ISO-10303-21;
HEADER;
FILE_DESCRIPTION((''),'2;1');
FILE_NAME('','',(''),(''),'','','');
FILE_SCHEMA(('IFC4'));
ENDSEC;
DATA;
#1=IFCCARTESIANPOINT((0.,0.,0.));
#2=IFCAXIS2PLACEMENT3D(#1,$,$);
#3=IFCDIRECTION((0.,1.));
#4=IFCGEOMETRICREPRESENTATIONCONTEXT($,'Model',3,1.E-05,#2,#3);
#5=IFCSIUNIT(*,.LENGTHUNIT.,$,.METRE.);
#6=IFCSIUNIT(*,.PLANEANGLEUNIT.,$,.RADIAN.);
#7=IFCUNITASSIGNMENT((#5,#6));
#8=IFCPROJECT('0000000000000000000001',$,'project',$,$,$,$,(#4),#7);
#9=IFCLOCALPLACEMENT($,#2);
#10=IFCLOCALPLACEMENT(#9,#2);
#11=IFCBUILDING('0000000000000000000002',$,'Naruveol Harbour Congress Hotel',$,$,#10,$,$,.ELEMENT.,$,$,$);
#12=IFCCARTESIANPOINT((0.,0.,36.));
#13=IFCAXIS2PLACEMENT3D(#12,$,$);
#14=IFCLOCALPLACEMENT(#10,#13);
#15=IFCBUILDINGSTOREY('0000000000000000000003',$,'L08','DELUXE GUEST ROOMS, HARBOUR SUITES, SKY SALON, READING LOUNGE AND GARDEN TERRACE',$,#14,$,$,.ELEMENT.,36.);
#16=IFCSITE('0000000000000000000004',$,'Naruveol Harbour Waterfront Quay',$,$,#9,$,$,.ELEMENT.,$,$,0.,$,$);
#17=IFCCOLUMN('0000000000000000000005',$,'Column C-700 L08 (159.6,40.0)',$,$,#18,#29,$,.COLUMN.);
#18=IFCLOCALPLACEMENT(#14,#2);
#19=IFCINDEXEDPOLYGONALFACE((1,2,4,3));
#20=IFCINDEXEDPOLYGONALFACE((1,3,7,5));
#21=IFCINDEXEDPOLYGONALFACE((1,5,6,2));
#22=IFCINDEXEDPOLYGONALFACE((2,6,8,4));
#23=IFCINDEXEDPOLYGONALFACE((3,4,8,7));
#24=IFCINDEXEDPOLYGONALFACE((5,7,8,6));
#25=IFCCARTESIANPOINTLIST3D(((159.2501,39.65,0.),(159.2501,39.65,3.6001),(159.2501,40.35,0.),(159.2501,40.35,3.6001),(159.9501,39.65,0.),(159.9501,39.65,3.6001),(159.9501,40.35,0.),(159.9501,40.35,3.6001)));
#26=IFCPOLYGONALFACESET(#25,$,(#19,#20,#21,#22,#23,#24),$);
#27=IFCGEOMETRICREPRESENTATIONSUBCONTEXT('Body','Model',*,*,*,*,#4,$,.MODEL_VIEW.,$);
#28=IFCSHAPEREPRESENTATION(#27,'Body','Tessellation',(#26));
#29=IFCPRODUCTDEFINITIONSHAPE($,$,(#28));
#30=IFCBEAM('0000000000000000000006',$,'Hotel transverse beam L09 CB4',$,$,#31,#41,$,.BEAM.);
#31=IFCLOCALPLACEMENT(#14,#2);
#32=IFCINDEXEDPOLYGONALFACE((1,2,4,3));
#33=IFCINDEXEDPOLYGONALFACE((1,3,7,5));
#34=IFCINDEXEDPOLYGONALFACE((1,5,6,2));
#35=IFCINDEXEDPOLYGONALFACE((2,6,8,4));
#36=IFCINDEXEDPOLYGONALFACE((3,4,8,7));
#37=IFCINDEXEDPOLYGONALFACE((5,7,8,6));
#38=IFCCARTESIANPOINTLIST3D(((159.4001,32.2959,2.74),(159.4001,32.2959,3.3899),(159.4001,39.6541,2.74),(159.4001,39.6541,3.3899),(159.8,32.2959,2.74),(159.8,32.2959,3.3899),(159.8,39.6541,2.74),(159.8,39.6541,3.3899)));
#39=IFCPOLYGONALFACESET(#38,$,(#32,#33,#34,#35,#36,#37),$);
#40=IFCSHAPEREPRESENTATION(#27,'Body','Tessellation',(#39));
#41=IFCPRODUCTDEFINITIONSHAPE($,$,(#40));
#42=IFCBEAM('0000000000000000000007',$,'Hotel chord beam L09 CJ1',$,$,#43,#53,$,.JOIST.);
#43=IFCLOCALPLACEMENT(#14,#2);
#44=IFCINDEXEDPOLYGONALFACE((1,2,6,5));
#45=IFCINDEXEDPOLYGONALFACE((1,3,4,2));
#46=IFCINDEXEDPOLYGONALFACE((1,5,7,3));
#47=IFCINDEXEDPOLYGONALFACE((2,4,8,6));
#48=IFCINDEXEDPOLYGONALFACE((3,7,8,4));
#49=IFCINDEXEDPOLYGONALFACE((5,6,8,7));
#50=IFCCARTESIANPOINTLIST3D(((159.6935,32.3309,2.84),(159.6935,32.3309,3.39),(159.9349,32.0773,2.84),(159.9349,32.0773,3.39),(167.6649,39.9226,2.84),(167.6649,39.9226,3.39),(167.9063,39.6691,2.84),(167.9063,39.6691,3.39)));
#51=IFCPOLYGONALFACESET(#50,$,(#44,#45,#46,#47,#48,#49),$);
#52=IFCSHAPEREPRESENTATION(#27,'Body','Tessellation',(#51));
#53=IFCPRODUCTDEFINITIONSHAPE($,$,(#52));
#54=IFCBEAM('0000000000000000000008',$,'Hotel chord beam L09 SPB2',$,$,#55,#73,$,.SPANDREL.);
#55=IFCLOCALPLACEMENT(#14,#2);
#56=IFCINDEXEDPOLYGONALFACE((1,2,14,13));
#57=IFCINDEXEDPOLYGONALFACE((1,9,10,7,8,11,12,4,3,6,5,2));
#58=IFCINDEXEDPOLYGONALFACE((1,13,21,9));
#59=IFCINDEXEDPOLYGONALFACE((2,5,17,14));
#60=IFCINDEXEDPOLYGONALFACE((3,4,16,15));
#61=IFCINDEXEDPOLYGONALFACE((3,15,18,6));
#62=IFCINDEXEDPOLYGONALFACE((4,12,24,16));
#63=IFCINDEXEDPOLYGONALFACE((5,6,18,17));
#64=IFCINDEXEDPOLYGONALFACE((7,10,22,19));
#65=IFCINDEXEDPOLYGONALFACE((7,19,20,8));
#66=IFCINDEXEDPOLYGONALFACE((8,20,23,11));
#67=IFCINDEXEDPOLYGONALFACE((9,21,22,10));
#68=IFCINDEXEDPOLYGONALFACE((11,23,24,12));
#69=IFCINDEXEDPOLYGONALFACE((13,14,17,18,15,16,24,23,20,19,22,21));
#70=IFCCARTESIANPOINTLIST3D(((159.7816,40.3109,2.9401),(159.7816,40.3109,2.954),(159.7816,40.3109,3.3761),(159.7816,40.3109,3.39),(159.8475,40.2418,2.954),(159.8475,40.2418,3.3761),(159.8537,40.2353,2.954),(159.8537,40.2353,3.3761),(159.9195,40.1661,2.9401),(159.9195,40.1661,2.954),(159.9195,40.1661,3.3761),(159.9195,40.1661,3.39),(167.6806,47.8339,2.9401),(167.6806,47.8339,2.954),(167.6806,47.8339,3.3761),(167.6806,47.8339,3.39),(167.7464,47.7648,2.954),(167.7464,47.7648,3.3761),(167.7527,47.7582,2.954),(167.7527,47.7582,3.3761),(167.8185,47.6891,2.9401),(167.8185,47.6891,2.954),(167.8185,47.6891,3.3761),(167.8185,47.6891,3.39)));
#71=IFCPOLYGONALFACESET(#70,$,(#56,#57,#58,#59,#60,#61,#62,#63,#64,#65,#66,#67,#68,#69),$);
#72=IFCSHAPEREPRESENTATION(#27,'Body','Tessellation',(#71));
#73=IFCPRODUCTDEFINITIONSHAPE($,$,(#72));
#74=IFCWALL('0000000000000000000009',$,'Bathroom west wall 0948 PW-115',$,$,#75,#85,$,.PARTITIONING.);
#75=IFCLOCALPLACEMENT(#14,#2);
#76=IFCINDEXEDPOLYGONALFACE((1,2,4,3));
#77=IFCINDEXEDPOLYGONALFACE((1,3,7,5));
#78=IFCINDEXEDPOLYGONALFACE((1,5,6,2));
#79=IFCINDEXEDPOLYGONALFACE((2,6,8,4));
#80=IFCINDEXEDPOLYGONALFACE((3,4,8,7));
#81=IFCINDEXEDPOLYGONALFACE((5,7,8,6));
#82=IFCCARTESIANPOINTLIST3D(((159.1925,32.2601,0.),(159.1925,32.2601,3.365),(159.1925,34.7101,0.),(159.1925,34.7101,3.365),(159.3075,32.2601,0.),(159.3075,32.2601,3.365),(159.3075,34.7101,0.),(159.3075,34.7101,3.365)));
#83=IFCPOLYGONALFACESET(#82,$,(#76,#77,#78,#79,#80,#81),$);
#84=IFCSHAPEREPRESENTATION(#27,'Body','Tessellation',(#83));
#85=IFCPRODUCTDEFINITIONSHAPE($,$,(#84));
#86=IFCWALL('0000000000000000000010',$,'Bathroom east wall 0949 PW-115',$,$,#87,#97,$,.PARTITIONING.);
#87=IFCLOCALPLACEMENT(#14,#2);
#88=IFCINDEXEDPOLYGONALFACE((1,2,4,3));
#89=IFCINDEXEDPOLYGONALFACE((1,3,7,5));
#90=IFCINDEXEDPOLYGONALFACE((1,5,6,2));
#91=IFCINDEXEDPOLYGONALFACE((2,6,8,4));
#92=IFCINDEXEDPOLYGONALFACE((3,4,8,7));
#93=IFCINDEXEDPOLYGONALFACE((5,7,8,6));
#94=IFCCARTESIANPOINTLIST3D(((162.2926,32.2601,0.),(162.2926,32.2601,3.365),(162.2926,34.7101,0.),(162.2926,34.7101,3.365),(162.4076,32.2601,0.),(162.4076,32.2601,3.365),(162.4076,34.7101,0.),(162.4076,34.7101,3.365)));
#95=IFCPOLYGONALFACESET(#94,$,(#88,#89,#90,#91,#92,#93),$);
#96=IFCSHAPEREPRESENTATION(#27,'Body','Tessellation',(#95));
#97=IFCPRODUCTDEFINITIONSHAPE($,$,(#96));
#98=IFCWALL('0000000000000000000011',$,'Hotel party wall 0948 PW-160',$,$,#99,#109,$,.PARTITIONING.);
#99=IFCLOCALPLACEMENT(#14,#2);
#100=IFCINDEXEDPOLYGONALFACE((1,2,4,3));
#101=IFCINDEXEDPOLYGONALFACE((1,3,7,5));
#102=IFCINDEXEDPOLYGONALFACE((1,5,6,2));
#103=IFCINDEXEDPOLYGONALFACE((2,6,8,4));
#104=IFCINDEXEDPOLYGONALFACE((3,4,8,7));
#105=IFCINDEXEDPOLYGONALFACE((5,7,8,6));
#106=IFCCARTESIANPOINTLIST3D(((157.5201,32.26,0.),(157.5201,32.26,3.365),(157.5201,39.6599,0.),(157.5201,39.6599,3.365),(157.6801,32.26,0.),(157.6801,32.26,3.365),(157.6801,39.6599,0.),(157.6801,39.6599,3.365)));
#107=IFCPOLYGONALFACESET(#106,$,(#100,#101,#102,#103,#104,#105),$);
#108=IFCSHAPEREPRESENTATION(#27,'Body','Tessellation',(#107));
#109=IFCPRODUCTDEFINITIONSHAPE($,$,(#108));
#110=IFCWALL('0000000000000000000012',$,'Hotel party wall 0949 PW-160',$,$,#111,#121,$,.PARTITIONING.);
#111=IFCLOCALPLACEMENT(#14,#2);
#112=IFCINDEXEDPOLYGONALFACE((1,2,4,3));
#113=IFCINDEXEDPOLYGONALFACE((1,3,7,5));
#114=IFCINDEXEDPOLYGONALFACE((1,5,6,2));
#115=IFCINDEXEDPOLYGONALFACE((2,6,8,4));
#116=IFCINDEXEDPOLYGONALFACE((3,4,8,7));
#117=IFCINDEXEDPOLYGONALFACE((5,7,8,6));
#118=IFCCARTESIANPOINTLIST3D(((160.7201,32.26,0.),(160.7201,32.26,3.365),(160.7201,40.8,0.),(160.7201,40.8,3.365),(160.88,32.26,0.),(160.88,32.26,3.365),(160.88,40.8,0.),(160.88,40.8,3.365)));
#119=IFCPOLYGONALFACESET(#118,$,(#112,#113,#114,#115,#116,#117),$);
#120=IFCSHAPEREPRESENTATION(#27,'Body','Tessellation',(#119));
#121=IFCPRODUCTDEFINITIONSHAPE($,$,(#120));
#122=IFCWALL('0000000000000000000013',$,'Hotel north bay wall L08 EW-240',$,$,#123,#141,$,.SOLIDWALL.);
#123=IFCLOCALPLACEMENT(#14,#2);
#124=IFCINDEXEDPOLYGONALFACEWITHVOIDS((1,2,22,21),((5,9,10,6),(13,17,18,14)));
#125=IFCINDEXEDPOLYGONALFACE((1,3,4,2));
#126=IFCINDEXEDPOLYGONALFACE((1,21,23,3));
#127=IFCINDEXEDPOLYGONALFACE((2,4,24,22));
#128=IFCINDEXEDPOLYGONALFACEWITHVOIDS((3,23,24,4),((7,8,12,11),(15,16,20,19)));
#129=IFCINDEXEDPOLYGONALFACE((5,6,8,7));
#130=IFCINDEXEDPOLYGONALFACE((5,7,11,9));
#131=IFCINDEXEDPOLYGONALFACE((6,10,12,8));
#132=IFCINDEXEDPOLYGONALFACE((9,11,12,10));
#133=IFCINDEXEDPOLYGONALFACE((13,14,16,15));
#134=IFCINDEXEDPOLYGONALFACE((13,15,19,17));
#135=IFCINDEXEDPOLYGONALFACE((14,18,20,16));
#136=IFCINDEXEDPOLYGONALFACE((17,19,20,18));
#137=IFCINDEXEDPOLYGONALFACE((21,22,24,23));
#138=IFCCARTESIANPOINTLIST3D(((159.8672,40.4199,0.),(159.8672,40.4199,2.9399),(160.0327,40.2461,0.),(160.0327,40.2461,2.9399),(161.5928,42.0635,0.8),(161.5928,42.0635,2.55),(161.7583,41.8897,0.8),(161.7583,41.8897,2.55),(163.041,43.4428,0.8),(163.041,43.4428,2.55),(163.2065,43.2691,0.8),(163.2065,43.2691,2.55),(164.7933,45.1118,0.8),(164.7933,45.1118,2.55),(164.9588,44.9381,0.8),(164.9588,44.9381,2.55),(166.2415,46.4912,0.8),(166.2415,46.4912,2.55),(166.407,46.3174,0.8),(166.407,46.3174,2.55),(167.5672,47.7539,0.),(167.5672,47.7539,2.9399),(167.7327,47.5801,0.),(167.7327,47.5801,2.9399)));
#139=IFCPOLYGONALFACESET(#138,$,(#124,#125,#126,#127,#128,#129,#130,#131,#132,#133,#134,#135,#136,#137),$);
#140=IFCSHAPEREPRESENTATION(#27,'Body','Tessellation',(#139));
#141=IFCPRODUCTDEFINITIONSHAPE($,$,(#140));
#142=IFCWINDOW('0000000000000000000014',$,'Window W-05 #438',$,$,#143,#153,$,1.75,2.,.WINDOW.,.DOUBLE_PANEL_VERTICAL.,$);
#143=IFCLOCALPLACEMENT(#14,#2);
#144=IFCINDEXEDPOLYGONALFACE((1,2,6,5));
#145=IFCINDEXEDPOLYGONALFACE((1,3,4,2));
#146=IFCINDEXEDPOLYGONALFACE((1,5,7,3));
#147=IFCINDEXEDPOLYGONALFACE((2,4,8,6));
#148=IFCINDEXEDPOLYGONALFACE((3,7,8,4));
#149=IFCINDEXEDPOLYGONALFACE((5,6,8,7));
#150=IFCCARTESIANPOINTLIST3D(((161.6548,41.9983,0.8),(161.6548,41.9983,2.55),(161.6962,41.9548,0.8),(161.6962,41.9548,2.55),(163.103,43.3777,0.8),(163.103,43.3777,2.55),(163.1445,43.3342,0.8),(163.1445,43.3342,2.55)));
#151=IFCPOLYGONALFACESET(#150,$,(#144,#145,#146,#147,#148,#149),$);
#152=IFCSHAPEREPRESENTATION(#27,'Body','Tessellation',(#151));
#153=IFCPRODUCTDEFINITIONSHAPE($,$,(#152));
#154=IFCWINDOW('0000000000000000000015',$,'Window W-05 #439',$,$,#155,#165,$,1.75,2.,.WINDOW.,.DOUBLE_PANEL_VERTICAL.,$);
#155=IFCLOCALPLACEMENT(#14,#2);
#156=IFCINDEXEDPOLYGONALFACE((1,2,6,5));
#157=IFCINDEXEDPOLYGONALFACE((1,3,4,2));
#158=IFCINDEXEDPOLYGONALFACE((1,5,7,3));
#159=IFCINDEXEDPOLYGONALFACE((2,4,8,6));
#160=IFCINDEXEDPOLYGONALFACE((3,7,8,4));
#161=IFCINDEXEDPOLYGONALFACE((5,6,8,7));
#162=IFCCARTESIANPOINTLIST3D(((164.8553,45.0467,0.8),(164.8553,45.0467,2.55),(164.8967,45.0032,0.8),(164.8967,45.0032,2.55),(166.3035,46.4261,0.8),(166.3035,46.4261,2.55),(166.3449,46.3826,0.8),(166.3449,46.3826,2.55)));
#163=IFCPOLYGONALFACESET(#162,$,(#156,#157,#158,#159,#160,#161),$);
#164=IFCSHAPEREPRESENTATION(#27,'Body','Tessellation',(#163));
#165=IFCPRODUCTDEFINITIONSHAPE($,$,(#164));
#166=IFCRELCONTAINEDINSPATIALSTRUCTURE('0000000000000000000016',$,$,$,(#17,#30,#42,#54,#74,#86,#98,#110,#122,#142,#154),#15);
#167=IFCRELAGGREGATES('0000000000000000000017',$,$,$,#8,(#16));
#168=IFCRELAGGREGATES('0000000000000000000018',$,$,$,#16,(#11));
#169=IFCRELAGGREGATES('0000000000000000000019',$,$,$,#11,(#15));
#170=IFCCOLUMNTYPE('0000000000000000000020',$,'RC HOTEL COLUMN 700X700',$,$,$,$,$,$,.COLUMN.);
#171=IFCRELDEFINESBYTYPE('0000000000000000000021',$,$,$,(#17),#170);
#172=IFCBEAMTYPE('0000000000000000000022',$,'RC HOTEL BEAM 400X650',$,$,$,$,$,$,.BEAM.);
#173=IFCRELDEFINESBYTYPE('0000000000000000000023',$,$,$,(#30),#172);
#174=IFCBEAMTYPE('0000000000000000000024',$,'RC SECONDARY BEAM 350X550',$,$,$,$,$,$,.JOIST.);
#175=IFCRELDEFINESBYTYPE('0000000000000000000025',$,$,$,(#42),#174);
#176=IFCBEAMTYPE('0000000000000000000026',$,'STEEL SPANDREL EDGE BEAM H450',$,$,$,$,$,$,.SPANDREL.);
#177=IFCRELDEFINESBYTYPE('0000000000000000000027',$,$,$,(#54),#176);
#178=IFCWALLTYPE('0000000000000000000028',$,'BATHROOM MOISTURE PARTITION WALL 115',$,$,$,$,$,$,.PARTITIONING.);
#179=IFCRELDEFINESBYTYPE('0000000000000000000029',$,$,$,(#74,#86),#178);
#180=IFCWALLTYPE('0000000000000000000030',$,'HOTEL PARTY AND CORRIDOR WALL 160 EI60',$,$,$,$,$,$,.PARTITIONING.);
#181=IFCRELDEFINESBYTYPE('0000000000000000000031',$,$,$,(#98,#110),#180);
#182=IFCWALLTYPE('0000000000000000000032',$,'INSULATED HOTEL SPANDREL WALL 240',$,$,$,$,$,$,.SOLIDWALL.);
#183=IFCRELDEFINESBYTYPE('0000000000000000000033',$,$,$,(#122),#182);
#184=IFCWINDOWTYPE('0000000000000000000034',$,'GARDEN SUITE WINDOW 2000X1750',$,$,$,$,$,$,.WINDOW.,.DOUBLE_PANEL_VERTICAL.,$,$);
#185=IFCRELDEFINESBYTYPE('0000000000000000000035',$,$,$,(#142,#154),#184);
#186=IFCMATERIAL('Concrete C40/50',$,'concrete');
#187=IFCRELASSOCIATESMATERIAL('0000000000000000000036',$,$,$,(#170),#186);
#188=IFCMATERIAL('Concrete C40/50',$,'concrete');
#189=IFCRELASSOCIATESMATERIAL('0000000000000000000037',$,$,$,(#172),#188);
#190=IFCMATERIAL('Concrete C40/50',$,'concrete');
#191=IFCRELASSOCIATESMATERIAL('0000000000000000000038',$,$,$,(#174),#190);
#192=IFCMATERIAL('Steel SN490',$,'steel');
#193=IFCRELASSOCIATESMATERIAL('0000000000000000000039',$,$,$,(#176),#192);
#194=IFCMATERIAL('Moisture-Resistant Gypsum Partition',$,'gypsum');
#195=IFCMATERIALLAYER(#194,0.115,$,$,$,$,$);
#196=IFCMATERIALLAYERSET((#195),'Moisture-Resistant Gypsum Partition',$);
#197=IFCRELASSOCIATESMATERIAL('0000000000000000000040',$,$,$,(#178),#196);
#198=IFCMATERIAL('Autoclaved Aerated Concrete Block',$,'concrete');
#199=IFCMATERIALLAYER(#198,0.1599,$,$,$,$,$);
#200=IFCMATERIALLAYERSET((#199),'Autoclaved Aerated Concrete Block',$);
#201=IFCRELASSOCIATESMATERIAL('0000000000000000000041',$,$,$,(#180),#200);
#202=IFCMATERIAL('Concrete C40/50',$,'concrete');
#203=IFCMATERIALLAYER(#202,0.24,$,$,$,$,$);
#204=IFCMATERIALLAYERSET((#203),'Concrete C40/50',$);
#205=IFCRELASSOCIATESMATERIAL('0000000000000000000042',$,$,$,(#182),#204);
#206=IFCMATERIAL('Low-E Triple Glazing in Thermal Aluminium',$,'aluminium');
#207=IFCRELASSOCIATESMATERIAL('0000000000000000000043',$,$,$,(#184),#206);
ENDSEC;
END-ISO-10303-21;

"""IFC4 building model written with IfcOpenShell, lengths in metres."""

from ifc_helpers import new_model, si_unit, direction, frame, frame_2d, origin, origin_2d, place, context, subcontext, project, spatial, rectangle, i_section, extrude, material, layer, layer_set, material_profile, profile_set, type_object, element, fill, save


model = new_model("IFC4")

# Units and contexts
model_context = context("Model", 3, precision=1e-05, world=origin(), true_north=direction((0.0, 1.0)))
body_context = subcontext(model_context, "Body", "Model", "MODEL_VIEW")
ifc_project = project(units=[si_unit("LENGTHUNIT", "METRE"), si_unit("PLANEANGLEUNIT", "RADIAN")], contexts=[model_context])

# Site, building, storey
site_placement = place(None, origin())
site = spatial("IfcSite", under=ifc_project, at=site_placement, Name="Naruveol Harbour Waterfront Quay", CompositionType="ELEMENT", RefElevation=0.0)
building_placement = place(site_placement, origin())
building = spatial("IfcBuilding", under=site, at=building_placement, Name="Naruveol Harbour Congress Hotel", CompositionType="ELEMENT")
storey_placement = place(building_placement, frame((0.0, 0.0, 36.0)))
storey = spatial("IfcBuildingStorey", under=building, at=storey_placement, Name="L08", Description="DELUXE GUEST ROOMS, HARBOUR SUITES, SKY SALON, READING LOUNGE AND GARDEN TERRACE", CompositionType="ELEMENT", Elevation=36.0)

# Column
ifc_material_1 = material(Name="Concrete C40/50", Category="concrete")
ifc_material_profile_1 = material_profile(ifc_material_1, rectangle(XDim=0.7, YDim=0.7, at=origin_2d()), Name="RC-700x700")
ifc_profile_set_1 = profile_set([ifc_material_profile_1], Name="Concrete C40/50")
column_type = type_object("IfcColumnType", Name="RC HOTEL COLUMN 700X700", PredefinedType="COLUMN", material=ifc_profile_set_1)
column_placement = place(storey_placement, frame((159.6001, 40.0, 0.0), z_axis=(0.0, 0.0, 1.0), x_axis=(1.0, 0.0, 0.0)))
element("IfcColumn", 1, at=column_placement, inside=storey, type_object=column_type, Name="Column C-700 L08 (159.6,40.0)", PredefinedType="COLUMN", context=body_context, shape_type="SweptSolid", body=[
    extrude(rectangle(XDim=0.7, YDim=0.7, at=origin_2d()), origin(), (0.0, 0.0, 1.0), 3.6001),
])

# Beams
ifc_material_2 = material(Name="Concrete C40/50", Category="concrete")
ifc_material_profile_2 = material_profile(ifc_material_2, rectangle(XDim=0.3999, YDim=0.6499, at=origin_2d()), Name="RCB-400x650")
ifc_profile_set_2 = profile_set([ifc_material_profile_2], Name="Concrete C40/50")
beam_type_1 = type_object("IfcBeamType", Name="RC HOTEL BEAM 400X650", PredefinedType="BEAM", material=ifc_profile_set_2)
beam_1_placement = place(storey_placement, frame((159.6001, 32.2959, 3.0649), z_axis=(0.0, 1.0, 0.0), x_axis=(-1.0, 0.0, 0.0)))
element("IfcBeam", 2, at=beam_1_placement, inside=storey, type_object=beam_type_1, Name="Hotel transverse beam L09 CB4", PredefinedType="BEAM", context=body_context, shape_type="SweptSolid", body=[
    extrude(rectangle(XDim=0.3999, YDim=0.6499, at=origin_2d()), origin(), (0.0, 0.0, 1.0), 7.3582),
])
ifc_material_3 = material(Name="Concrete C40/50", Category="concrete")
ifc_material_profile_3 = material_profile(ifc_material_3, rectangle(XDim=0.3501, YDim=0.55, at=origin_2d()), Name="RCB-350x550")
ifc_profile_set_3 = profile_set([ifc_material_profile_3], Name="Concrete C40/50")
beam_type_2 = type_object("IfcBeamType", Name="RC SECONDARY BEAM 350X550", PredefinedType="JOIST", material=ifc_profile_set_3)
beam_2_placement = place(storey_placement, frame((159.8142, 32.2041, 3.115), z_axis=(0.72414, 0.689653, 0.0), x_axis=(-0.689653, 0.72414, 0.0)))
element("IfcBeam", 3, at=beam_2_placement, inside=storey, type_object=beam_type_2, Name="Hotel chord beam L09 CJ1", PredefinedType="JOIST", context=body_context, shape_type="SweptSolid", body=[
    extrude(rectangle(XDim=0.3501, YDim=0.55, at=origin_2d()), origin(), (0.0, 0.0, 1.0), 11.0081),
])
ifc_material_4 = material(Name="Steel SN490", Category="steel")
ifc_material_profile_4 = material_profile(ifc_material_4, i_section(OverallWidth=0.2, OverallDepth=0.45, WebThickness=0.009, FlangeThickness=0.0139, at=origin_2d()), Name="H-450x200x9x14")
ifc_profile_set_4 = profile_set([ifc_material_profile_4], Name="Steel SN490")
beam_type_3 = type_object("IfcBeamType", Name="STEEL SPANDREL EDGE BEAM H450", PredefinedType="SPANDREL", material=ifc_profile_set_4)
beam_3_placement = place(storey_placement, frame((159.8506, 40.2385, 3.165), z_axis=(0.72413, 0.689663, 0.0), x_axis=(-0.689663, 0.72413, 0.0)))
element("IfcBeam", 4, at=beam_3_placement, inside=storey, type_object=beam_type_3, Name="Hotel chord beam L09 SPB2", PredefinedType="SPANDREL", context=body_context, shape_type="SweptSolid", body=[
    extrude(i_section(OverallWidth=0.2, OverallDepth=0.45, WebThickness=0.009, FlangeThickness=0.0139, at=origin_2d()), origin(), (0.0, 0.0, 1.0), 10.9082),
])

# Shared definitions
ifc_material_5 = material(Name="Moisture-Resistant Gypsum Partition", Category="gypsum")
ifc_layer_1 = layer(ifc_material_5, 0.115)
ifc_layer_set_1 = layer_set([ifc_layer_1], Name="Moisture-Resistant Gypsum Partition")
wall_type_1 = type_object("IfcWallType", Name="BATHROOM MOISTURE PARTITION WALL 115", PredefinedType="PARTITIONING", material=ifc_layer_set_1)

# Wall
wall_1_placement = place(storey_placement, frame((159.25, 32.26, 0.0), z_axis=(0.0, 0.0, 1.0), x_axis=(0.0, 1.0, 0.0)))
element("IfcWall", 5, at=wall_1_placement, inside=storey, type_object=wall_type_1, Name="Bathroom west wall 0948 PW-115", PredefinedType="PARTITIONING", context=body_context, shape_type="SweptSolid", body=[
    extrude(rectangle(XDim=2.45, YDim=0.115, at=frame_2d((1.2251, 0.0))), origin(), (0.0, 0.0, 1.0), 3.365),
])

# Wall
wall_2_placement = place(storey_placement, frame((162.3501, 32.26, 0.0), z_axis=(0.0, 0.0, 1.0), x_axis=(0.0, 1.0, 0.0)))
element("IfcWall", 6, at=wall_2_placement, inside=storey, type_object=wall_type_1, Name="Bathroom east wall 0949 PW-115", PredefinedType="PARTITIONING", context=body_context, shape_type="SweptSolid", body=[
    extrude(rectangle(XDim=2.45, YDim=0.115, at=frame_2d((1.2251, 0.0))), origin(), (0.0, 0.0, 1.0), 3.365),
])

# Walls
ifc_material_6 = material(Name="Autoclaved Aerated Concrete Block", Category="concrete")
ifc_layer_2 = layer(ifc_material_6, 0.1599)
ifc_layer_set_2 = layer_set([ifc_layer_2], Name="Autoclaved Aerated Concrete Block")
wall_type_2 = type_object("IfcWallType", Name="HOTEL PARTY AND CORRIDOR WALL 160 EI60", PredefinedType="PARTITIONING", material=ifc_layer_set_2)
wall_3_placement = place(storey_placement, frame((157.6001, 32.26, 0.0), z_axis=(0.0, 0.0, 1.0), x_axis=(0.0, 1.0, 0.0)))
element("IfcWall", 7, at=wall_3_placement, inside=storey, type_object=wall_type_2, Name="Hotel party wall 0948 PW-160", PredefinedType="PARTITIONING", context=body_context, shape_type="SweptSolid", body=[
    extrude(rectangle(XDim=7.3999, YDim=0.1599, at=frame_2d((3.7, 0.0))), origin(), (0.0, 0.0, 1.0), 3.365),
])
wall_4_placement = place(storey_placement, frame((160.8, 32.26, 0.0), z_axis=(0.0, 0.0, 1.0), x_axis=(0.0, 1.0, 0.0)))
element("IfcWall", 8, at=wall_4_placement, inside=storey, type_object=wall_type_2, Name="Hotel party wall 0949 PW-160", PredefinedType="PARTITIONING", context=body_context, shape_type="SweptSolid", body=[
    extrude(rectangle(XDim=8.54, YDim=0.1599, at=frame_2d((4.27, 0.0))), origin(), (0.0, 0.0, 1.0), 3.365),
])

# Wall, openings, windows
ifc_material_7 = material(Name="Concrete C40/50", Category="concrete")
ifc_layer_3 = layer(ifc_material_7, 0.24)
ifc_layer_set_3 = layer_set([ifc_layer_3], Name="Concrete C40/50")
wall_type_3 = type_object("IfcWallType", Name="INSULATED HOTEL SPANDREL WALL 240", PredefinedType="SOLIDWALL", material=ifc_layer_set_3)
wall_5_placement = place(storey_placement, frame((159.95, 40.333, 0.0), z_axis=(0.0, 0.0, 1.0), x_axis=(0.724105, 0.68969, 0.0)))
wall_5 = element("IfcWall", 9, at=wall_5_placement, inside=storey, type_object=wall_type_3, Name="Hotel north bay wall L08 EW-240", PredefinedType="SOLIDWALL", context=body_context, shape_type="SweptSolid", body=[
    extrude(rectangle(XDim=10.6338, YDim=0.24, at=frame_2d((5.3169, 0.0))), origin(), (0.0, 0.0, 1.0), 2.9399),
])
opening_1_placement = place(wall_5_placement, frame((2.3831, 0.0, 0.8)))
opening_1 = element("IfcOpeningElement", 10, at=opening_1_placement, cuts=wall_5, PredefinedType="OPENING", context=body_context, shape_type="SweptSolid", body=[
    extrude(rectangle(XDim=2.0, YDim=1.75, at=frame_2d((1.0, 0.875))), frame((0.0, 0.1299, 0.0), z_axis=(0.0, -1.0, 0.0), x_axis=(1.0, 0.0, 0.0)), (0.0, 0.0, 1.0), 0.26),
])
opening_2_placement = place(wall_5_placement, frame((6.803, 0.0, 0.8)))
opening_2 = element("IfcOpeningElement", 11, at=opening_2_placement, cuts=wall_5, PredefinedType="OPENING", context=body_context, shape_type="SweptSolid", body=[
    extrude(rectangle(XDim=2.0, YDim=1.75, at=frame_2d((1.0, 0.875))), frame((0.0, 0.1299, 0.0), z_axis=(0.0, -1.0, 0.0), x_axis=(1.0, 0.0, 0.0)), (0.0, 0.0, 1.0), 0.26),
])
ifc_material_8 = material(Name="Low-E Triple Glazing in Thermal Aluminium", Category="aluminium")
window_type = type_object("IfcWindowType", Name="GARDEN SUITE WINDOW 2000X1750", PartitioningType="DOUBLE_PANEL_VERTICAL", PredefinedType="WINDOW", material=ifc_material_8)
window_1_placement = place(opening_1_placement, origin())
window_1 = element("IfcWindow", 12, at=window_1_placement, inside=storey, type_object=window_type, Name="Window W-05 #438", OverallHeight=1.75, OverallWidth=2.0, PartitioningType="DOUBLE_PANEL_VERTICAL", PredefinedType="WINDOW", context=body_context, shape_type="SweptSolid", body=[
    extrude(rectangle(XDim=2.0, YDim=1.75, at=frame_2d((1.0, 0.875))), frame((0.0, 0.03, 0.0), z_axis=(0.0, -1.0, 0.0), x_axis=(1.0, 0.0, 0.0)), (0.0, 0.0, 1.0), 0.0601),
])
fill(opening_1, window_1)
window_2_placement = place(opening_2_placement, origin())
window_2 = element("IfcWindow", 13, at=window_2_placement, inside=storey, type_object=window_type, Name="Window W-05 #439", OverallHeight=1.75, OverallWidth=2.0, PartitioningType="DOUBLE_PANEL_VERTICAL", PredefinedType="WINDOW", context=body_context, shape_type="SweptSolid", body=[
    extrude(rectangle(XDim=2.0, YDim=1.75, at=frame_2d((1.0, 0.875))), frame((0.0, 0.03, 0.0), z_axis=(0.0, -1.0, 0.0), x_axis=(1.0, 0.0, 0.0)), (0.0, 0.0, 1.0), 0.0601),
])
fill(opening_2, window_2)

save(model, "model.ifc")
